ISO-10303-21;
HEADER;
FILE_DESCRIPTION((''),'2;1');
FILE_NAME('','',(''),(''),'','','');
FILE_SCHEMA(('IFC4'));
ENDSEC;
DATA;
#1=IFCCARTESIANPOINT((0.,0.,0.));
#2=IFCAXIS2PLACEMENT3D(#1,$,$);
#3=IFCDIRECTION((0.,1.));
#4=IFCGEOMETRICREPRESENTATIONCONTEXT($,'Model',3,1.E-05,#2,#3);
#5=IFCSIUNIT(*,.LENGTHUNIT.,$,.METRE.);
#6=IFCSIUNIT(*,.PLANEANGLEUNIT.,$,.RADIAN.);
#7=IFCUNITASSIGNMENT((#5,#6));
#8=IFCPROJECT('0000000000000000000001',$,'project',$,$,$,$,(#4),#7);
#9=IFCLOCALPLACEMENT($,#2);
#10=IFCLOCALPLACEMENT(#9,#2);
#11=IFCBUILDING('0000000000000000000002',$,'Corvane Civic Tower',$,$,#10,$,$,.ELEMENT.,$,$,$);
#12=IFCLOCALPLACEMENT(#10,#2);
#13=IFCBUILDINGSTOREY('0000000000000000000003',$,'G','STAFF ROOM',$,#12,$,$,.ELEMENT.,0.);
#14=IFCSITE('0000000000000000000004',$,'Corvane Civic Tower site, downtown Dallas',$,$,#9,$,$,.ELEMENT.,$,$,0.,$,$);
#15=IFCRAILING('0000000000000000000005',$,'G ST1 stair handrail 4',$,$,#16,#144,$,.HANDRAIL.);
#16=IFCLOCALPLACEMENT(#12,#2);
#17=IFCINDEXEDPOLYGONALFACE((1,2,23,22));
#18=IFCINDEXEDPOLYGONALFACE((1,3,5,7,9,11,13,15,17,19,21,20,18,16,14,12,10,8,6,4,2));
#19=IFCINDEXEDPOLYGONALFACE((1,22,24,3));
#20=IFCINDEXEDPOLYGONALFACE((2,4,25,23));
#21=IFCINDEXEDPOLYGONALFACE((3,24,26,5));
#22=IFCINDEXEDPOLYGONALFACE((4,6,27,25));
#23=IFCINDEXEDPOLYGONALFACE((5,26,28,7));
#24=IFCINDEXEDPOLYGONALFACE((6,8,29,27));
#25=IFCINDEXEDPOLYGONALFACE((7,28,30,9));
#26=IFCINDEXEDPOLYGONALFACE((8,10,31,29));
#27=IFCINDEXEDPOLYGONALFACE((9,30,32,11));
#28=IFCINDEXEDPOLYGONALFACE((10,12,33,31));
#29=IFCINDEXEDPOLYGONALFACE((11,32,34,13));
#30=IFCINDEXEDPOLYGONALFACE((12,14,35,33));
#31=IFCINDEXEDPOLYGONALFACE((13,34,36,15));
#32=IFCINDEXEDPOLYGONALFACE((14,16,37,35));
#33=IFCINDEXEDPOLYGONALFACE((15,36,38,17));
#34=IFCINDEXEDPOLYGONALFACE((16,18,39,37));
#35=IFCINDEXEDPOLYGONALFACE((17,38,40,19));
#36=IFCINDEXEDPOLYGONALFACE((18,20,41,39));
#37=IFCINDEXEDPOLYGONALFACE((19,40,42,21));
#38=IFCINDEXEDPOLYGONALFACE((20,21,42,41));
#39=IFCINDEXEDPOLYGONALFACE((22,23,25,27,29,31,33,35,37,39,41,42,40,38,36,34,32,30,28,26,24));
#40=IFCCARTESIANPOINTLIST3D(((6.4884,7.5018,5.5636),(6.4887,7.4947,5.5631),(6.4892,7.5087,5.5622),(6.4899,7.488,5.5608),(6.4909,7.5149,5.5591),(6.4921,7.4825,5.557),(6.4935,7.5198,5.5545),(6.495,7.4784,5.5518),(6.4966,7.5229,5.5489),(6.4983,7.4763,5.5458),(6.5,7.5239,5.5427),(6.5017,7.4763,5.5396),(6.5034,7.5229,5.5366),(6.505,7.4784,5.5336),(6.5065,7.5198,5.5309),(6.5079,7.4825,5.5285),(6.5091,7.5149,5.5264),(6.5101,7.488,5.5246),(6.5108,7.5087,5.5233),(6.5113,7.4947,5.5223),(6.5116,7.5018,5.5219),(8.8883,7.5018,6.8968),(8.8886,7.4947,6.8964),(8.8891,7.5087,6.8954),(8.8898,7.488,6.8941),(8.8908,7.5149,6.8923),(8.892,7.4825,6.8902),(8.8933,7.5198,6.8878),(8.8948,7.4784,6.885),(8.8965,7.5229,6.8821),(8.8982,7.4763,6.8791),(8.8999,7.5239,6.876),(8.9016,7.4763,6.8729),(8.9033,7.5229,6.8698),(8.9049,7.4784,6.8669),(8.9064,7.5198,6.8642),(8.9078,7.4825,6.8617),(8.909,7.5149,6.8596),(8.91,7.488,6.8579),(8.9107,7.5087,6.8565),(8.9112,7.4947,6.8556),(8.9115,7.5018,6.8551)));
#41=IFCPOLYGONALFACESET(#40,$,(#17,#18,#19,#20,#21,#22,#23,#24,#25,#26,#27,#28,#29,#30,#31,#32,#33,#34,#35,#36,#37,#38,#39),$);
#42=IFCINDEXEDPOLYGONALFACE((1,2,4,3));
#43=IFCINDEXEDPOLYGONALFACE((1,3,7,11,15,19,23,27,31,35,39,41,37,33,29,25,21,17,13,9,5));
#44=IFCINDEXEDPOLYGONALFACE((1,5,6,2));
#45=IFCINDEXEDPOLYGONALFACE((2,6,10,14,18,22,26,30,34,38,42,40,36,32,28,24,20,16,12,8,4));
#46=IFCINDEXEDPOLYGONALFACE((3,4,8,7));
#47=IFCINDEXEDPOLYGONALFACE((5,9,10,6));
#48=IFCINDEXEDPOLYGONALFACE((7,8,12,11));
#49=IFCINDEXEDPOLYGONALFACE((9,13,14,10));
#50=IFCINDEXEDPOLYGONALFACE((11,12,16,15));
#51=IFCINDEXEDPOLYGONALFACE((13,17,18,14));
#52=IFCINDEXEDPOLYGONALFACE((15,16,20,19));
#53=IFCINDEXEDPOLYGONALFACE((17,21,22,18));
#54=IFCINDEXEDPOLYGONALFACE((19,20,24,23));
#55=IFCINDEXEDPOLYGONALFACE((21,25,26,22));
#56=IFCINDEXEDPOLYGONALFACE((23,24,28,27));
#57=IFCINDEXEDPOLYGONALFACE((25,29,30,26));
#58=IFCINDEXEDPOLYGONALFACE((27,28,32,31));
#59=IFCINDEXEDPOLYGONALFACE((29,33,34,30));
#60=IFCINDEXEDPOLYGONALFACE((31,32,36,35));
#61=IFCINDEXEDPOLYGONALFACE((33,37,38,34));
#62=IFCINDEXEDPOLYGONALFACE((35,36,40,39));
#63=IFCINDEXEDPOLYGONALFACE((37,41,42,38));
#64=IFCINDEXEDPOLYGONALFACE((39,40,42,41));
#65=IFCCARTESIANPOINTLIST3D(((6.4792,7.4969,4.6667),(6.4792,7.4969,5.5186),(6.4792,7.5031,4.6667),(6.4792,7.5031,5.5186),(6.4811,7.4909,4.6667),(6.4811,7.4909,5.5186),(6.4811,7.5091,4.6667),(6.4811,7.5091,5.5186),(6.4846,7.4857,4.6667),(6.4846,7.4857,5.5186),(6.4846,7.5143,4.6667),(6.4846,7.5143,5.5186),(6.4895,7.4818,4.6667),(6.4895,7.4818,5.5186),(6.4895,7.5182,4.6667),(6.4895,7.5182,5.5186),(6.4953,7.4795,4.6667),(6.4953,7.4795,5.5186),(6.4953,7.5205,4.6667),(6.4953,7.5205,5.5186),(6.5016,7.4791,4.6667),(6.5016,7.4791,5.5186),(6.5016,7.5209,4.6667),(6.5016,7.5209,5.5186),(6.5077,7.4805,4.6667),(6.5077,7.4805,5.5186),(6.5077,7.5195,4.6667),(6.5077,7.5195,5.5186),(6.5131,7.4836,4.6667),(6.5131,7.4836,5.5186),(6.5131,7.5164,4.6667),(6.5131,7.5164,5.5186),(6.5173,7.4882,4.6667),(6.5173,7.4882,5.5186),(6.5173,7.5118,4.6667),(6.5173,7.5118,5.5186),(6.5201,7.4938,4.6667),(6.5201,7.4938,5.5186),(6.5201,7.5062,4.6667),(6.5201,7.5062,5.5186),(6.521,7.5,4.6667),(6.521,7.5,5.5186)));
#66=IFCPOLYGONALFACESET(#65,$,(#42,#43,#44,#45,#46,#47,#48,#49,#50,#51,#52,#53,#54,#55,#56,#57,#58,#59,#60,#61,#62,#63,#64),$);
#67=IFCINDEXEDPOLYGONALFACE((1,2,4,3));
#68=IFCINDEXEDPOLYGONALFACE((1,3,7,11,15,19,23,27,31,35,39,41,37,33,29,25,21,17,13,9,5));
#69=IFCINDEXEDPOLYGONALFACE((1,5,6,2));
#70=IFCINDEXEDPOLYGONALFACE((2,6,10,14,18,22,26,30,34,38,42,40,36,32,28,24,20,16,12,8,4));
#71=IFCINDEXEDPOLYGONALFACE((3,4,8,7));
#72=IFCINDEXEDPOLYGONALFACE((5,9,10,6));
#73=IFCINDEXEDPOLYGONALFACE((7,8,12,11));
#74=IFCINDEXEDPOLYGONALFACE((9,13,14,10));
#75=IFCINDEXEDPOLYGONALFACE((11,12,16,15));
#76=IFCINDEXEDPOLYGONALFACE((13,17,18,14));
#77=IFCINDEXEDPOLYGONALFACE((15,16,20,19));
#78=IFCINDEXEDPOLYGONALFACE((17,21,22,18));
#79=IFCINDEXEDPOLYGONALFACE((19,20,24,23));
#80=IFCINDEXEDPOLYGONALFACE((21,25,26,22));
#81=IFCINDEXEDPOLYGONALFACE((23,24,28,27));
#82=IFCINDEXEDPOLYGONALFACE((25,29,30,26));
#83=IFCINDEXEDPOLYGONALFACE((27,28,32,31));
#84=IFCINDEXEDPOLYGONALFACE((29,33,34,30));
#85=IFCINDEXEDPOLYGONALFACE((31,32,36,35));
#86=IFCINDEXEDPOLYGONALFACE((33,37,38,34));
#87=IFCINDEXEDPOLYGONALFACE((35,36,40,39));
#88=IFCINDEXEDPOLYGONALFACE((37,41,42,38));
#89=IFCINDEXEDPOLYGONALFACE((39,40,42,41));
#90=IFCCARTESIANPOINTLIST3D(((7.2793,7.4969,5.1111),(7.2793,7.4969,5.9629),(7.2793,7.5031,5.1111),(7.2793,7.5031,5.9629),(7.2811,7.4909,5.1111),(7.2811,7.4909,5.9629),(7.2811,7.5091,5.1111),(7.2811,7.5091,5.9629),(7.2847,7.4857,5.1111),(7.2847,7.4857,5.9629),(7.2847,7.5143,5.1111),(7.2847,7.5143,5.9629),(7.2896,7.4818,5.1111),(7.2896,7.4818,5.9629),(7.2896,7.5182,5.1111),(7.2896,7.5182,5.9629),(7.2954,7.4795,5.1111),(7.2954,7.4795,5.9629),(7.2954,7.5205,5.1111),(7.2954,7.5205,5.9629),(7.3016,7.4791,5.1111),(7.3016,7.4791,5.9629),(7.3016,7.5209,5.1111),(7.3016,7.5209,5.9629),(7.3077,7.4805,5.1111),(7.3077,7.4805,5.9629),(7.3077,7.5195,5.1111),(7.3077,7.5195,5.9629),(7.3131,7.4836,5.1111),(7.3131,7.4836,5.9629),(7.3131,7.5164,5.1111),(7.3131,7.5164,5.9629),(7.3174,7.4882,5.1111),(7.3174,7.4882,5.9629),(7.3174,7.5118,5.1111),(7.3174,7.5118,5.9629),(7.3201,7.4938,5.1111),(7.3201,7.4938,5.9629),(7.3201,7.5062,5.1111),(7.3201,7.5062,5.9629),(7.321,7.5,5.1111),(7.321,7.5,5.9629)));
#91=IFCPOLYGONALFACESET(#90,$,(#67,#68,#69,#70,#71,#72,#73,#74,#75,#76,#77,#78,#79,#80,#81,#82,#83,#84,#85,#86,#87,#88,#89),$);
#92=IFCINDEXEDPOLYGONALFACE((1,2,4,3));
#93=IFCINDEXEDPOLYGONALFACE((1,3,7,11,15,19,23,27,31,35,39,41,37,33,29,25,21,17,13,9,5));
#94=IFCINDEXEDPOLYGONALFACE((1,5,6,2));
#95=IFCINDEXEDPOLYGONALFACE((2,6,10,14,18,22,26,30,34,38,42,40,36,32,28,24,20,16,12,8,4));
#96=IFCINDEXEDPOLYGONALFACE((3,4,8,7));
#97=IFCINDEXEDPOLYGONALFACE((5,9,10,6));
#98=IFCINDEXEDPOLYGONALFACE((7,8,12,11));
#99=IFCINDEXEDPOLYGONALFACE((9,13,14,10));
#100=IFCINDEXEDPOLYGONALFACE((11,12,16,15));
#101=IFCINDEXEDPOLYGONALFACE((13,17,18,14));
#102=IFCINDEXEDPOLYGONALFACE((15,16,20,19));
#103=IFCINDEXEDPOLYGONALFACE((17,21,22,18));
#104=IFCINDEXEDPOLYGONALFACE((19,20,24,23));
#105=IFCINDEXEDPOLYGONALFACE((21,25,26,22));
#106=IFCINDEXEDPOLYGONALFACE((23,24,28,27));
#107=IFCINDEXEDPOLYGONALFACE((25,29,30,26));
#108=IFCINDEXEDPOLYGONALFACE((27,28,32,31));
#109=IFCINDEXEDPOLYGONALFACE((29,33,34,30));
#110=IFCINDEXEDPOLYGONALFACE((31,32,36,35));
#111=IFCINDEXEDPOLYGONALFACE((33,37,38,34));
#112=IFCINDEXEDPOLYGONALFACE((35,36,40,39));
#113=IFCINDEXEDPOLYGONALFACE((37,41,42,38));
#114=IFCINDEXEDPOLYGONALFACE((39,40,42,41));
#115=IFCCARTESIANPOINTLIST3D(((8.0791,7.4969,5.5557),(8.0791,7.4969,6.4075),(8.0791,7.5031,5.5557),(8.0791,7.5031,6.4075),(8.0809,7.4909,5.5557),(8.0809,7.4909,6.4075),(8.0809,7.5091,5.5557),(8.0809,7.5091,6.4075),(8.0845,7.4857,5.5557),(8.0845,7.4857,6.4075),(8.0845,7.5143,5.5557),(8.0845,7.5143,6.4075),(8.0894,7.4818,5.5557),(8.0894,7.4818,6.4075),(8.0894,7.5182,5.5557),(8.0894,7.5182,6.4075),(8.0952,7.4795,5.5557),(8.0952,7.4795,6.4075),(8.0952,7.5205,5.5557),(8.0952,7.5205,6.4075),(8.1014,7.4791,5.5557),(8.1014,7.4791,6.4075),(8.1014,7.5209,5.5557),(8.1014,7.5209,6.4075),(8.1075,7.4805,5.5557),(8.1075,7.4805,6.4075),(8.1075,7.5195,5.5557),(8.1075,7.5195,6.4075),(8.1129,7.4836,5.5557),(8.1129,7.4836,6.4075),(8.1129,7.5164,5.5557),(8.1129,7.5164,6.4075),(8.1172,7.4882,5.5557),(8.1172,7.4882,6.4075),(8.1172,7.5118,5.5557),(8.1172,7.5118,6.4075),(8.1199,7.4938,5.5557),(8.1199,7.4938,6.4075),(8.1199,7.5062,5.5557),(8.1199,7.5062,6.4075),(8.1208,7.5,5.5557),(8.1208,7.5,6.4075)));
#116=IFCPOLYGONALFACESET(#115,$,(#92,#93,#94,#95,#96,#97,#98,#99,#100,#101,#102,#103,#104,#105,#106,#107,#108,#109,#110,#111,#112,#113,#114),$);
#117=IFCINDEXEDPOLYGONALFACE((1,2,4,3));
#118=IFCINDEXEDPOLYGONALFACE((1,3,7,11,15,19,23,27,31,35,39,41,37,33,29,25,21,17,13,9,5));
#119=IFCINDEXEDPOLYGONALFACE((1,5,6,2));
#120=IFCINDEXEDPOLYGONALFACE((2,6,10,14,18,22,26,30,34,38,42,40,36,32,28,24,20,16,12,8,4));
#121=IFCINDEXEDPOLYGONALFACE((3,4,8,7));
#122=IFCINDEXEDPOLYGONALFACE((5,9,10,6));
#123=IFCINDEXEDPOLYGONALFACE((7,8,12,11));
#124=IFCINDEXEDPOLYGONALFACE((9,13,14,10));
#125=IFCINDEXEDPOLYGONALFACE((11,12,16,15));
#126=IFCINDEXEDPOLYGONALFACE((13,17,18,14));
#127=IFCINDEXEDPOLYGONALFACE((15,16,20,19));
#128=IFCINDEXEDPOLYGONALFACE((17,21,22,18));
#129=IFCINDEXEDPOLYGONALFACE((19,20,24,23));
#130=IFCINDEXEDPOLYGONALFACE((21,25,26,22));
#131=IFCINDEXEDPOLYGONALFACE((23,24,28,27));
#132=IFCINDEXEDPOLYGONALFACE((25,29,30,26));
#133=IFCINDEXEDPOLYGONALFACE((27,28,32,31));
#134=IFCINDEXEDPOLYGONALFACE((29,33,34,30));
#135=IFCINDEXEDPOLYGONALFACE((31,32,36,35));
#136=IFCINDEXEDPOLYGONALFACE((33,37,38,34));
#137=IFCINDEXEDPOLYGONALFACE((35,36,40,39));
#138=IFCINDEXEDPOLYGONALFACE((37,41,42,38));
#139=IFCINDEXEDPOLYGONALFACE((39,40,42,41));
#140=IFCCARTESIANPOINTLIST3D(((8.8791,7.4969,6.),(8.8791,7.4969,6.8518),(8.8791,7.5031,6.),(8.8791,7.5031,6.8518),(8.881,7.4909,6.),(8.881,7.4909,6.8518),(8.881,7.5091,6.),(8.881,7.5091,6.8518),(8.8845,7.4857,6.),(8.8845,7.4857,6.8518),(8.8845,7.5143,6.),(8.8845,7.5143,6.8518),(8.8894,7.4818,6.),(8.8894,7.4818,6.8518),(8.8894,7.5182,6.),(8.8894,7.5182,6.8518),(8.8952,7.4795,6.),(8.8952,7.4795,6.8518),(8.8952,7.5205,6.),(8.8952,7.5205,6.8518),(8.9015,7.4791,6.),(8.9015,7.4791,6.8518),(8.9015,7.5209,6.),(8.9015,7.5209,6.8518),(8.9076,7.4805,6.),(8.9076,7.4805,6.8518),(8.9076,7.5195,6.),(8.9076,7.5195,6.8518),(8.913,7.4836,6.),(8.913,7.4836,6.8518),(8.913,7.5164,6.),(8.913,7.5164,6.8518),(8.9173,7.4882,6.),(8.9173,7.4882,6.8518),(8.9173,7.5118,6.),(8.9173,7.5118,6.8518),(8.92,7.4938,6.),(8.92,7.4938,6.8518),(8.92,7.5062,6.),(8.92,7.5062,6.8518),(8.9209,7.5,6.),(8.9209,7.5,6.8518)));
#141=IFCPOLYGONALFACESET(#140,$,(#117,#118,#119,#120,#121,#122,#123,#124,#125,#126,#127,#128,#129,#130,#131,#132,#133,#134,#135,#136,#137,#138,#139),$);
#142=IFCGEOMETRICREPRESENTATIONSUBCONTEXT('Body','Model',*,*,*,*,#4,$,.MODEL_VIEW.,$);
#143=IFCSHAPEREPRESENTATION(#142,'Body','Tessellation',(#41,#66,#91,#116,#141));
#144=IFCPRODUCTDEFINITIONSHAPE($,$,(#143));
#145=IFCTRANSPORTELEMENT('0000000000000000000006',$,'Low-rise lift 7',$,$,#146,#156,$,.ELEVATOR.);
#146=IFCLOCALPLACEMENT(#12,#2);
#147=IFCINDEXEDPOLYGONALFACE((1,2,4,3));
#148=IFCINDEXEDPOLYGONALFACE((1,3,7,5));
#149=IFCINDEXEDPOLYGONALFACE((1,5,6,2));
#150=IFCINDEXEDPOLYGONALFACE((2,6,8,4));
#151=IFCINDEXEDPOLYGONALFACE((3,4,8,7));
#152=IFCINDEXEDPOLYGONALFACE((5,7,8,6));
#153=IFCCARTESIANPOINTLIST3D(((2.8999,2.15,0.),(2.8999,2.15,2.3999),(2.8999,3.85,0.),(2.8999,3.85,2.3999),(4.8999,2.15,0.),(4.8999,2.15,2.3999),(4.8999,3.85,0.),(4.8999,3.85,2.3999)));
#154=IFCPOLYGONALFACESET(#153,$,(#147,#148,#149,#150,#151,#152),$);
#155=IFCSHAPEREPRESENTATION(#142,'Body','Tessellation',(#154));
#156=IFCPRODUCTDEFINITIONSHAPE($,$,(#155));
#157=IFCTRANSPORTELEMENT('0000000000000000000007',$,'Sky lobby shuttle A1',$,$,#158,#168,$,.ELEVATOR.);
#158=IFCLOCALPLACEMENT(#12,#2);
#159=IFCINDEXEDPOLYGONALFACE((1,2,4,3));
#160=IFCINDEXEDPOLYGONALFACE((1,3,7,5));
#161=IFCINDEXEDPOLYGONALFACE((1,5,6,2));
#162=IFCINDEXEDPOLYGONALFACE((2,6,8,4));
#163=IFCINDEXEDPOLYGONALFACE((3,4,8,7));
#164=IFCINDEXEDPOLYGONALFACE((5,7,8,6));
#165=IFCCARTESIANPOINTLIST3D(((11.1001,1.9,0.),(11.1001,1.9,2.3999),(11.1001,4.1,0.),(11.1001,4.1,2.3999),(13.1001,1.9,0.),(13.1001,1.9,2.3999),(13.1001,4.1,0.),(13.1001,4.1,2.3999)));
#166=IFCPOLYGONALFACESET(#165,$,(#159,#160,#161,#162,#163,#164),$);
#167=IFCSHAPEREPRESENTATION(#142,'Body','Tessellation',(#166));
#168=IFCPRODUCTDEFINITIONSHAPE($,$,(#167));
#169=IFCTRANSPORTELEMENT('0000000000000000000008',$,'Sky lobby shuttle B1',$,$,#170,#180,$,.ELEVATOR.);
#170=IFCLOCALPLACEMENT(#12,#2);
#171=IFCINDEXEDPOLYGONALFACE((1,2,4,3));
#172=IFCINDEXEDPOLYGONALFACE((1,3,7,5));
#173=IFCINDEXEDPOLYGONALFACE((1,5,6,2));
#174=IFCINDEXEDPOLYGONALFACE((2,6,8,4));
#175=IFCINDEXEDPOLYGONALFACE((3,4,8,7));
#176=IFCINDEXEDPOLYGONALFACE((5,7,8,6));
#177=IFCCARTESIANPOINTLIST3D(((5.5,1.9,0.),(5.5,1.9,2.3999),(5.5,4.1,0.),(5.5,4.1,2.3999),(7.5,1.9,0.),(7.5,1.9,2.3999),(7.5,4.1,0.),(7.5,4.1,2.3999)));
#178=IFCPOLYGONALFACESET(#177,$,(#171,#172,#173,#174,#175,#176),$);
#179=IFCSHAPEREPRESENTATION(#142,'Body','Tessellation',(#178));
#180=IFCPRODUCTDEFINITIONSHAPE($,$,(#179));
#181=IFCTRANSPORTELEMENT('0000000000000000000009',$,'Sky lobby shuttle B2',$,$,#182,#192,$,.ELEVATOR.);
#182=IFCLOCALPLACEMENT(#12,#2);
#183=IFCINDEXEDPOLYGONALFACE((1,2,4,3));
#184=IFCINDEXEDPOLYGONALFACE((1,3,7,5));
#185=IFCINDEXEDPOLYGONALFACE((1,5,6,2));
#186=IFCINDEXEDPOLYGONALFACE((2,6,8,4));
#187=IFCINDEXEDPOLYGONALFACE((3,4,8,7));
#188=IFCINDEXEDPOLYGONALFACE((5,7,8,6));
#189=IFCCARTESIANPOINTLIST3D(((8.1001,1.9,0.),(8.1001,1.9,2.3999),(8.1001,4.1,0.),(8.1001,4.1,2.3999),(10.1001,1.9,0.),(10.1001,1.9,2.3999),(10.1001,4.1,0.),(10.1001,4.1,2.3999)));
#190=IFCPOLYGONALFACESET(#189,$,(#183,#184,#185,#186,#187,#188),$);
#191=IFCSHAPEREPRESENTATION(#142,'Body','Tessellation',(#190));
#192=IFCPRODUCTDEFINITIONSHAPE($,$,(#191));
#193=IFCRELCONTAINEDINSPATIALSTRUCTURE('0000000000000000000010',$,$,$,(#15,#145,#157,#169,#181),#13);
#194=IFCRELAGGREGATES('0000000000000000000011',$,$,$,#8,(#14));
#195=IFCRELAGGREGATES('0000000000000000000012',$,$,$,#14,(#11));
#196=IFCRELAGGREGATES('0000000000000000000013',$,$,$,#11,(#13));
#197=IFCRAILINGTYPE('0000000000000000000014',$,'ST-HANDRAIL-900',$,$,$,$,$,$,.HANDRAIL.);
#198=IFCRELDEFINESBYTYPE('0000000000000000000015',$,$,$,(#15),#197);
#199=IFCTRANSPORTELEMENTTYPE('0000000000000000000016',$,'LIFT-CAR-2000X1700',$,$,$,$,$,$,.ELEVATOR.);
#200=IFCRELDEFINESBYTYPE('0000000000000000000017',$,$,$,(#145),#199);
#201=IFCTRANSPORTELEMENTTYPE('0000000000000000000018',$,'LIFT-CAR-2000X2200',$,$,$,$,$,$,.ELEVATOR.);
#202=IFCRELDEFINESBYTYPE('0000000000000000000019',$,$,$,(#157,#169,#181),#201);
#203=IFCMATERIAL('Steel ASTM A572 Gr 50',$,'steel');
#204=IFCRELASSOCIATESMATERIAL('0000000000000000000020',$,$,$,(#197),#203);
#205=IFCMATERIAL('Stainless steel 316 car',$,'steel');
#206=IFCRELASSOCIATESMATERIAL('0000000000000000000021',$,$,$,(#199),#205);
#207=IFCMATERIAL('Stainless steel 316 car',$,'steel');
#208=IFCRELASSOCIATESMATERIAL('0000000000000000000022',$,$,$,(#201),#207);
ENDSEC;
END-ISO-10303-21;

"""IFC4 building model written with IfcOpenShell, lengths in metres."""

from ifc_helpers import new_model, si_unit, direction, frame, origin, origin_2d, place, context, subcontext, project, spatial, rectangle, circle, extrude, material, type_object, element, save


model = new_model("IFC4")

# Units and contexts
model_context = context("Model", 3, precision=1e-05, world=origin(), true_north=direction((0.0, 1.0)))
body_context = subcontext(model_context, "Body", "Model", "MODEL_VIEW")
ifc_project = project(units=[si_unit("LENGTHUNIT", "METRE"), si_unit("PLANEANGLEUNIT", "RADIAN")], contexts=[model_context])

# Site, building, storey
site_placement = place(None, origin())
site = spatial("IfcSite", under=ifc_project, at=site_placement, Name="Corvane Civic Tower site, downtown Dallas", CompositionType="ELEMENT", RefElevation=0.0)
building_placement = place(site_placement, origin())
building = spatial("IfcBuilding", under=site, at=building_placement, Name="Corvane Civic Tower", CompositionType="ELEMENT")
storey_placement = place(building_placement, origin())
storey = spatial("IfcBuildingStorey", under=building, at=storey_placement, Name="G", Description="STAFF ROOM", CompositionType="ELEMENT", Elevation=0.0)

# Railing
ifc_material_1 = material(Name="Steel ASTM A572 Gr 50", Category="steel")
railing_type_1 = type_object("IfcRailingType", Name="ST-HANDRAIL-900", PredefinedType="HANDRAIL", material=ifc_material_1)
for number, where, name in (
    (1, (6.5, 7.5, 4.6667), "G ST1 stair handrail 4"),
):
    element("IfcRailing", number, at=place(storey_placement, frame(where)), inside=storey, type_object=railing_type_1, Name=name, PredefinedType="HANDRAIL", context=body_context, shape_type="SweptSolid", body=[
        extrude(circle(Radius=0.0239, at=origin_2d()), frame((0.0, 0.0, 0.876), z_axis=(0.874161, 0.0, 0.485635), x_axis=(0.0, 1.0, 0.0)), (0.0, 0.0, 1.0), 2.7454),
        extrude(circle(Radius=0.021, at=origin_2d()), origin(), (0.0, 0.0, 1.0), 0.8518),
        extrude(circle(Radius=0.021, at=origin_2d()), frame((0.8, 0.0, 0.4443)), (0.0, 0.0, 1.0), 0.8518),
        extrude(circle(Radius=0.021, at=origin_2d()), frame((1.5999, 0.0, 0.8889)), (0.0, 0.0, 1.0), 0.8518),
        extrude(circle(Radius=0.021, at=origin_2d()), frame((2.3999, 0.0, 1.3333)), (0.0, 0.0, 1.0), 0.8518),
    ])

# Transport elements
ifc_material_2 = material(Name="Stainless steel 316 car", Category="steel")
transport_element_type_1 = type_object("IfcTransportElementType", Name="LIFT-CAR-2000X1700", PredefinedType="ELEVATOR", material=ifc_material_2)
transport_element_placement = place(storey_placement, frame((3.8999, 3.0, 0.0), z_axis=(0.0, 0.0, 1.0), x_axis=(1.0, 0.0, 0.0)))
element("IfcTransportElement", 2, at=transport_element_placement, inside=storey, type_object=transport_element_type_1, Name="Low-rise lift 7", PredefinedType="ELEVATOR", context=body_context, shape_type="SweptSolid", body=[
    extrude(rectangle(XDim=2.0, YDim=1.7, at=origin_2d()), origin(), (0.0, 0.0, 1.0), 2.3999),
])
ifc_material_3 = material(Name="Stainless steel 316 car", Category="steel")
transport_element_type_2 = type_object("IfcTransportElementType", Name="LIFT-CAR-2000X2200", PredefinedType="ELEVATOR", material=ifc_material_3)
for number, where, z_axis, x_axis, name in (
    (3, (12.1001, 3.0, 0.0), (0.0, 0.0, 1.0), (1.0, 0.0, 0.0), "Sky lobby shuttle A1"),
    (4, (6.5, 3.0, 0.0), (0.0, 0.0, 1.0), (1.0, 0.0, 0.0), "Sky lobby shuttle B1"),
    (5, (9.1001, 3.0, 0.0), (0.0, 0.0, 1.0), (1.0, 0.0, 0.0), "Sky lobby shuttle B2"),
):
    element("IfcTransportElement", number, at=place(storey_placement, frame(where, z_axis=z_axis, x_axis=x_axis)), inside=storey, type_object=transport_element_type_2, Name=name, PredefinedType="ELEVATOR", context=body_context, shape_type="SweptSolid", body=[
        extrude(rectangle(XDim=2.0, YDim=2.2, at=origin_2d()), origin(), (0.0, 0.0, 1.0), 2.3999),
    ])

save(model, "model.ifc")
